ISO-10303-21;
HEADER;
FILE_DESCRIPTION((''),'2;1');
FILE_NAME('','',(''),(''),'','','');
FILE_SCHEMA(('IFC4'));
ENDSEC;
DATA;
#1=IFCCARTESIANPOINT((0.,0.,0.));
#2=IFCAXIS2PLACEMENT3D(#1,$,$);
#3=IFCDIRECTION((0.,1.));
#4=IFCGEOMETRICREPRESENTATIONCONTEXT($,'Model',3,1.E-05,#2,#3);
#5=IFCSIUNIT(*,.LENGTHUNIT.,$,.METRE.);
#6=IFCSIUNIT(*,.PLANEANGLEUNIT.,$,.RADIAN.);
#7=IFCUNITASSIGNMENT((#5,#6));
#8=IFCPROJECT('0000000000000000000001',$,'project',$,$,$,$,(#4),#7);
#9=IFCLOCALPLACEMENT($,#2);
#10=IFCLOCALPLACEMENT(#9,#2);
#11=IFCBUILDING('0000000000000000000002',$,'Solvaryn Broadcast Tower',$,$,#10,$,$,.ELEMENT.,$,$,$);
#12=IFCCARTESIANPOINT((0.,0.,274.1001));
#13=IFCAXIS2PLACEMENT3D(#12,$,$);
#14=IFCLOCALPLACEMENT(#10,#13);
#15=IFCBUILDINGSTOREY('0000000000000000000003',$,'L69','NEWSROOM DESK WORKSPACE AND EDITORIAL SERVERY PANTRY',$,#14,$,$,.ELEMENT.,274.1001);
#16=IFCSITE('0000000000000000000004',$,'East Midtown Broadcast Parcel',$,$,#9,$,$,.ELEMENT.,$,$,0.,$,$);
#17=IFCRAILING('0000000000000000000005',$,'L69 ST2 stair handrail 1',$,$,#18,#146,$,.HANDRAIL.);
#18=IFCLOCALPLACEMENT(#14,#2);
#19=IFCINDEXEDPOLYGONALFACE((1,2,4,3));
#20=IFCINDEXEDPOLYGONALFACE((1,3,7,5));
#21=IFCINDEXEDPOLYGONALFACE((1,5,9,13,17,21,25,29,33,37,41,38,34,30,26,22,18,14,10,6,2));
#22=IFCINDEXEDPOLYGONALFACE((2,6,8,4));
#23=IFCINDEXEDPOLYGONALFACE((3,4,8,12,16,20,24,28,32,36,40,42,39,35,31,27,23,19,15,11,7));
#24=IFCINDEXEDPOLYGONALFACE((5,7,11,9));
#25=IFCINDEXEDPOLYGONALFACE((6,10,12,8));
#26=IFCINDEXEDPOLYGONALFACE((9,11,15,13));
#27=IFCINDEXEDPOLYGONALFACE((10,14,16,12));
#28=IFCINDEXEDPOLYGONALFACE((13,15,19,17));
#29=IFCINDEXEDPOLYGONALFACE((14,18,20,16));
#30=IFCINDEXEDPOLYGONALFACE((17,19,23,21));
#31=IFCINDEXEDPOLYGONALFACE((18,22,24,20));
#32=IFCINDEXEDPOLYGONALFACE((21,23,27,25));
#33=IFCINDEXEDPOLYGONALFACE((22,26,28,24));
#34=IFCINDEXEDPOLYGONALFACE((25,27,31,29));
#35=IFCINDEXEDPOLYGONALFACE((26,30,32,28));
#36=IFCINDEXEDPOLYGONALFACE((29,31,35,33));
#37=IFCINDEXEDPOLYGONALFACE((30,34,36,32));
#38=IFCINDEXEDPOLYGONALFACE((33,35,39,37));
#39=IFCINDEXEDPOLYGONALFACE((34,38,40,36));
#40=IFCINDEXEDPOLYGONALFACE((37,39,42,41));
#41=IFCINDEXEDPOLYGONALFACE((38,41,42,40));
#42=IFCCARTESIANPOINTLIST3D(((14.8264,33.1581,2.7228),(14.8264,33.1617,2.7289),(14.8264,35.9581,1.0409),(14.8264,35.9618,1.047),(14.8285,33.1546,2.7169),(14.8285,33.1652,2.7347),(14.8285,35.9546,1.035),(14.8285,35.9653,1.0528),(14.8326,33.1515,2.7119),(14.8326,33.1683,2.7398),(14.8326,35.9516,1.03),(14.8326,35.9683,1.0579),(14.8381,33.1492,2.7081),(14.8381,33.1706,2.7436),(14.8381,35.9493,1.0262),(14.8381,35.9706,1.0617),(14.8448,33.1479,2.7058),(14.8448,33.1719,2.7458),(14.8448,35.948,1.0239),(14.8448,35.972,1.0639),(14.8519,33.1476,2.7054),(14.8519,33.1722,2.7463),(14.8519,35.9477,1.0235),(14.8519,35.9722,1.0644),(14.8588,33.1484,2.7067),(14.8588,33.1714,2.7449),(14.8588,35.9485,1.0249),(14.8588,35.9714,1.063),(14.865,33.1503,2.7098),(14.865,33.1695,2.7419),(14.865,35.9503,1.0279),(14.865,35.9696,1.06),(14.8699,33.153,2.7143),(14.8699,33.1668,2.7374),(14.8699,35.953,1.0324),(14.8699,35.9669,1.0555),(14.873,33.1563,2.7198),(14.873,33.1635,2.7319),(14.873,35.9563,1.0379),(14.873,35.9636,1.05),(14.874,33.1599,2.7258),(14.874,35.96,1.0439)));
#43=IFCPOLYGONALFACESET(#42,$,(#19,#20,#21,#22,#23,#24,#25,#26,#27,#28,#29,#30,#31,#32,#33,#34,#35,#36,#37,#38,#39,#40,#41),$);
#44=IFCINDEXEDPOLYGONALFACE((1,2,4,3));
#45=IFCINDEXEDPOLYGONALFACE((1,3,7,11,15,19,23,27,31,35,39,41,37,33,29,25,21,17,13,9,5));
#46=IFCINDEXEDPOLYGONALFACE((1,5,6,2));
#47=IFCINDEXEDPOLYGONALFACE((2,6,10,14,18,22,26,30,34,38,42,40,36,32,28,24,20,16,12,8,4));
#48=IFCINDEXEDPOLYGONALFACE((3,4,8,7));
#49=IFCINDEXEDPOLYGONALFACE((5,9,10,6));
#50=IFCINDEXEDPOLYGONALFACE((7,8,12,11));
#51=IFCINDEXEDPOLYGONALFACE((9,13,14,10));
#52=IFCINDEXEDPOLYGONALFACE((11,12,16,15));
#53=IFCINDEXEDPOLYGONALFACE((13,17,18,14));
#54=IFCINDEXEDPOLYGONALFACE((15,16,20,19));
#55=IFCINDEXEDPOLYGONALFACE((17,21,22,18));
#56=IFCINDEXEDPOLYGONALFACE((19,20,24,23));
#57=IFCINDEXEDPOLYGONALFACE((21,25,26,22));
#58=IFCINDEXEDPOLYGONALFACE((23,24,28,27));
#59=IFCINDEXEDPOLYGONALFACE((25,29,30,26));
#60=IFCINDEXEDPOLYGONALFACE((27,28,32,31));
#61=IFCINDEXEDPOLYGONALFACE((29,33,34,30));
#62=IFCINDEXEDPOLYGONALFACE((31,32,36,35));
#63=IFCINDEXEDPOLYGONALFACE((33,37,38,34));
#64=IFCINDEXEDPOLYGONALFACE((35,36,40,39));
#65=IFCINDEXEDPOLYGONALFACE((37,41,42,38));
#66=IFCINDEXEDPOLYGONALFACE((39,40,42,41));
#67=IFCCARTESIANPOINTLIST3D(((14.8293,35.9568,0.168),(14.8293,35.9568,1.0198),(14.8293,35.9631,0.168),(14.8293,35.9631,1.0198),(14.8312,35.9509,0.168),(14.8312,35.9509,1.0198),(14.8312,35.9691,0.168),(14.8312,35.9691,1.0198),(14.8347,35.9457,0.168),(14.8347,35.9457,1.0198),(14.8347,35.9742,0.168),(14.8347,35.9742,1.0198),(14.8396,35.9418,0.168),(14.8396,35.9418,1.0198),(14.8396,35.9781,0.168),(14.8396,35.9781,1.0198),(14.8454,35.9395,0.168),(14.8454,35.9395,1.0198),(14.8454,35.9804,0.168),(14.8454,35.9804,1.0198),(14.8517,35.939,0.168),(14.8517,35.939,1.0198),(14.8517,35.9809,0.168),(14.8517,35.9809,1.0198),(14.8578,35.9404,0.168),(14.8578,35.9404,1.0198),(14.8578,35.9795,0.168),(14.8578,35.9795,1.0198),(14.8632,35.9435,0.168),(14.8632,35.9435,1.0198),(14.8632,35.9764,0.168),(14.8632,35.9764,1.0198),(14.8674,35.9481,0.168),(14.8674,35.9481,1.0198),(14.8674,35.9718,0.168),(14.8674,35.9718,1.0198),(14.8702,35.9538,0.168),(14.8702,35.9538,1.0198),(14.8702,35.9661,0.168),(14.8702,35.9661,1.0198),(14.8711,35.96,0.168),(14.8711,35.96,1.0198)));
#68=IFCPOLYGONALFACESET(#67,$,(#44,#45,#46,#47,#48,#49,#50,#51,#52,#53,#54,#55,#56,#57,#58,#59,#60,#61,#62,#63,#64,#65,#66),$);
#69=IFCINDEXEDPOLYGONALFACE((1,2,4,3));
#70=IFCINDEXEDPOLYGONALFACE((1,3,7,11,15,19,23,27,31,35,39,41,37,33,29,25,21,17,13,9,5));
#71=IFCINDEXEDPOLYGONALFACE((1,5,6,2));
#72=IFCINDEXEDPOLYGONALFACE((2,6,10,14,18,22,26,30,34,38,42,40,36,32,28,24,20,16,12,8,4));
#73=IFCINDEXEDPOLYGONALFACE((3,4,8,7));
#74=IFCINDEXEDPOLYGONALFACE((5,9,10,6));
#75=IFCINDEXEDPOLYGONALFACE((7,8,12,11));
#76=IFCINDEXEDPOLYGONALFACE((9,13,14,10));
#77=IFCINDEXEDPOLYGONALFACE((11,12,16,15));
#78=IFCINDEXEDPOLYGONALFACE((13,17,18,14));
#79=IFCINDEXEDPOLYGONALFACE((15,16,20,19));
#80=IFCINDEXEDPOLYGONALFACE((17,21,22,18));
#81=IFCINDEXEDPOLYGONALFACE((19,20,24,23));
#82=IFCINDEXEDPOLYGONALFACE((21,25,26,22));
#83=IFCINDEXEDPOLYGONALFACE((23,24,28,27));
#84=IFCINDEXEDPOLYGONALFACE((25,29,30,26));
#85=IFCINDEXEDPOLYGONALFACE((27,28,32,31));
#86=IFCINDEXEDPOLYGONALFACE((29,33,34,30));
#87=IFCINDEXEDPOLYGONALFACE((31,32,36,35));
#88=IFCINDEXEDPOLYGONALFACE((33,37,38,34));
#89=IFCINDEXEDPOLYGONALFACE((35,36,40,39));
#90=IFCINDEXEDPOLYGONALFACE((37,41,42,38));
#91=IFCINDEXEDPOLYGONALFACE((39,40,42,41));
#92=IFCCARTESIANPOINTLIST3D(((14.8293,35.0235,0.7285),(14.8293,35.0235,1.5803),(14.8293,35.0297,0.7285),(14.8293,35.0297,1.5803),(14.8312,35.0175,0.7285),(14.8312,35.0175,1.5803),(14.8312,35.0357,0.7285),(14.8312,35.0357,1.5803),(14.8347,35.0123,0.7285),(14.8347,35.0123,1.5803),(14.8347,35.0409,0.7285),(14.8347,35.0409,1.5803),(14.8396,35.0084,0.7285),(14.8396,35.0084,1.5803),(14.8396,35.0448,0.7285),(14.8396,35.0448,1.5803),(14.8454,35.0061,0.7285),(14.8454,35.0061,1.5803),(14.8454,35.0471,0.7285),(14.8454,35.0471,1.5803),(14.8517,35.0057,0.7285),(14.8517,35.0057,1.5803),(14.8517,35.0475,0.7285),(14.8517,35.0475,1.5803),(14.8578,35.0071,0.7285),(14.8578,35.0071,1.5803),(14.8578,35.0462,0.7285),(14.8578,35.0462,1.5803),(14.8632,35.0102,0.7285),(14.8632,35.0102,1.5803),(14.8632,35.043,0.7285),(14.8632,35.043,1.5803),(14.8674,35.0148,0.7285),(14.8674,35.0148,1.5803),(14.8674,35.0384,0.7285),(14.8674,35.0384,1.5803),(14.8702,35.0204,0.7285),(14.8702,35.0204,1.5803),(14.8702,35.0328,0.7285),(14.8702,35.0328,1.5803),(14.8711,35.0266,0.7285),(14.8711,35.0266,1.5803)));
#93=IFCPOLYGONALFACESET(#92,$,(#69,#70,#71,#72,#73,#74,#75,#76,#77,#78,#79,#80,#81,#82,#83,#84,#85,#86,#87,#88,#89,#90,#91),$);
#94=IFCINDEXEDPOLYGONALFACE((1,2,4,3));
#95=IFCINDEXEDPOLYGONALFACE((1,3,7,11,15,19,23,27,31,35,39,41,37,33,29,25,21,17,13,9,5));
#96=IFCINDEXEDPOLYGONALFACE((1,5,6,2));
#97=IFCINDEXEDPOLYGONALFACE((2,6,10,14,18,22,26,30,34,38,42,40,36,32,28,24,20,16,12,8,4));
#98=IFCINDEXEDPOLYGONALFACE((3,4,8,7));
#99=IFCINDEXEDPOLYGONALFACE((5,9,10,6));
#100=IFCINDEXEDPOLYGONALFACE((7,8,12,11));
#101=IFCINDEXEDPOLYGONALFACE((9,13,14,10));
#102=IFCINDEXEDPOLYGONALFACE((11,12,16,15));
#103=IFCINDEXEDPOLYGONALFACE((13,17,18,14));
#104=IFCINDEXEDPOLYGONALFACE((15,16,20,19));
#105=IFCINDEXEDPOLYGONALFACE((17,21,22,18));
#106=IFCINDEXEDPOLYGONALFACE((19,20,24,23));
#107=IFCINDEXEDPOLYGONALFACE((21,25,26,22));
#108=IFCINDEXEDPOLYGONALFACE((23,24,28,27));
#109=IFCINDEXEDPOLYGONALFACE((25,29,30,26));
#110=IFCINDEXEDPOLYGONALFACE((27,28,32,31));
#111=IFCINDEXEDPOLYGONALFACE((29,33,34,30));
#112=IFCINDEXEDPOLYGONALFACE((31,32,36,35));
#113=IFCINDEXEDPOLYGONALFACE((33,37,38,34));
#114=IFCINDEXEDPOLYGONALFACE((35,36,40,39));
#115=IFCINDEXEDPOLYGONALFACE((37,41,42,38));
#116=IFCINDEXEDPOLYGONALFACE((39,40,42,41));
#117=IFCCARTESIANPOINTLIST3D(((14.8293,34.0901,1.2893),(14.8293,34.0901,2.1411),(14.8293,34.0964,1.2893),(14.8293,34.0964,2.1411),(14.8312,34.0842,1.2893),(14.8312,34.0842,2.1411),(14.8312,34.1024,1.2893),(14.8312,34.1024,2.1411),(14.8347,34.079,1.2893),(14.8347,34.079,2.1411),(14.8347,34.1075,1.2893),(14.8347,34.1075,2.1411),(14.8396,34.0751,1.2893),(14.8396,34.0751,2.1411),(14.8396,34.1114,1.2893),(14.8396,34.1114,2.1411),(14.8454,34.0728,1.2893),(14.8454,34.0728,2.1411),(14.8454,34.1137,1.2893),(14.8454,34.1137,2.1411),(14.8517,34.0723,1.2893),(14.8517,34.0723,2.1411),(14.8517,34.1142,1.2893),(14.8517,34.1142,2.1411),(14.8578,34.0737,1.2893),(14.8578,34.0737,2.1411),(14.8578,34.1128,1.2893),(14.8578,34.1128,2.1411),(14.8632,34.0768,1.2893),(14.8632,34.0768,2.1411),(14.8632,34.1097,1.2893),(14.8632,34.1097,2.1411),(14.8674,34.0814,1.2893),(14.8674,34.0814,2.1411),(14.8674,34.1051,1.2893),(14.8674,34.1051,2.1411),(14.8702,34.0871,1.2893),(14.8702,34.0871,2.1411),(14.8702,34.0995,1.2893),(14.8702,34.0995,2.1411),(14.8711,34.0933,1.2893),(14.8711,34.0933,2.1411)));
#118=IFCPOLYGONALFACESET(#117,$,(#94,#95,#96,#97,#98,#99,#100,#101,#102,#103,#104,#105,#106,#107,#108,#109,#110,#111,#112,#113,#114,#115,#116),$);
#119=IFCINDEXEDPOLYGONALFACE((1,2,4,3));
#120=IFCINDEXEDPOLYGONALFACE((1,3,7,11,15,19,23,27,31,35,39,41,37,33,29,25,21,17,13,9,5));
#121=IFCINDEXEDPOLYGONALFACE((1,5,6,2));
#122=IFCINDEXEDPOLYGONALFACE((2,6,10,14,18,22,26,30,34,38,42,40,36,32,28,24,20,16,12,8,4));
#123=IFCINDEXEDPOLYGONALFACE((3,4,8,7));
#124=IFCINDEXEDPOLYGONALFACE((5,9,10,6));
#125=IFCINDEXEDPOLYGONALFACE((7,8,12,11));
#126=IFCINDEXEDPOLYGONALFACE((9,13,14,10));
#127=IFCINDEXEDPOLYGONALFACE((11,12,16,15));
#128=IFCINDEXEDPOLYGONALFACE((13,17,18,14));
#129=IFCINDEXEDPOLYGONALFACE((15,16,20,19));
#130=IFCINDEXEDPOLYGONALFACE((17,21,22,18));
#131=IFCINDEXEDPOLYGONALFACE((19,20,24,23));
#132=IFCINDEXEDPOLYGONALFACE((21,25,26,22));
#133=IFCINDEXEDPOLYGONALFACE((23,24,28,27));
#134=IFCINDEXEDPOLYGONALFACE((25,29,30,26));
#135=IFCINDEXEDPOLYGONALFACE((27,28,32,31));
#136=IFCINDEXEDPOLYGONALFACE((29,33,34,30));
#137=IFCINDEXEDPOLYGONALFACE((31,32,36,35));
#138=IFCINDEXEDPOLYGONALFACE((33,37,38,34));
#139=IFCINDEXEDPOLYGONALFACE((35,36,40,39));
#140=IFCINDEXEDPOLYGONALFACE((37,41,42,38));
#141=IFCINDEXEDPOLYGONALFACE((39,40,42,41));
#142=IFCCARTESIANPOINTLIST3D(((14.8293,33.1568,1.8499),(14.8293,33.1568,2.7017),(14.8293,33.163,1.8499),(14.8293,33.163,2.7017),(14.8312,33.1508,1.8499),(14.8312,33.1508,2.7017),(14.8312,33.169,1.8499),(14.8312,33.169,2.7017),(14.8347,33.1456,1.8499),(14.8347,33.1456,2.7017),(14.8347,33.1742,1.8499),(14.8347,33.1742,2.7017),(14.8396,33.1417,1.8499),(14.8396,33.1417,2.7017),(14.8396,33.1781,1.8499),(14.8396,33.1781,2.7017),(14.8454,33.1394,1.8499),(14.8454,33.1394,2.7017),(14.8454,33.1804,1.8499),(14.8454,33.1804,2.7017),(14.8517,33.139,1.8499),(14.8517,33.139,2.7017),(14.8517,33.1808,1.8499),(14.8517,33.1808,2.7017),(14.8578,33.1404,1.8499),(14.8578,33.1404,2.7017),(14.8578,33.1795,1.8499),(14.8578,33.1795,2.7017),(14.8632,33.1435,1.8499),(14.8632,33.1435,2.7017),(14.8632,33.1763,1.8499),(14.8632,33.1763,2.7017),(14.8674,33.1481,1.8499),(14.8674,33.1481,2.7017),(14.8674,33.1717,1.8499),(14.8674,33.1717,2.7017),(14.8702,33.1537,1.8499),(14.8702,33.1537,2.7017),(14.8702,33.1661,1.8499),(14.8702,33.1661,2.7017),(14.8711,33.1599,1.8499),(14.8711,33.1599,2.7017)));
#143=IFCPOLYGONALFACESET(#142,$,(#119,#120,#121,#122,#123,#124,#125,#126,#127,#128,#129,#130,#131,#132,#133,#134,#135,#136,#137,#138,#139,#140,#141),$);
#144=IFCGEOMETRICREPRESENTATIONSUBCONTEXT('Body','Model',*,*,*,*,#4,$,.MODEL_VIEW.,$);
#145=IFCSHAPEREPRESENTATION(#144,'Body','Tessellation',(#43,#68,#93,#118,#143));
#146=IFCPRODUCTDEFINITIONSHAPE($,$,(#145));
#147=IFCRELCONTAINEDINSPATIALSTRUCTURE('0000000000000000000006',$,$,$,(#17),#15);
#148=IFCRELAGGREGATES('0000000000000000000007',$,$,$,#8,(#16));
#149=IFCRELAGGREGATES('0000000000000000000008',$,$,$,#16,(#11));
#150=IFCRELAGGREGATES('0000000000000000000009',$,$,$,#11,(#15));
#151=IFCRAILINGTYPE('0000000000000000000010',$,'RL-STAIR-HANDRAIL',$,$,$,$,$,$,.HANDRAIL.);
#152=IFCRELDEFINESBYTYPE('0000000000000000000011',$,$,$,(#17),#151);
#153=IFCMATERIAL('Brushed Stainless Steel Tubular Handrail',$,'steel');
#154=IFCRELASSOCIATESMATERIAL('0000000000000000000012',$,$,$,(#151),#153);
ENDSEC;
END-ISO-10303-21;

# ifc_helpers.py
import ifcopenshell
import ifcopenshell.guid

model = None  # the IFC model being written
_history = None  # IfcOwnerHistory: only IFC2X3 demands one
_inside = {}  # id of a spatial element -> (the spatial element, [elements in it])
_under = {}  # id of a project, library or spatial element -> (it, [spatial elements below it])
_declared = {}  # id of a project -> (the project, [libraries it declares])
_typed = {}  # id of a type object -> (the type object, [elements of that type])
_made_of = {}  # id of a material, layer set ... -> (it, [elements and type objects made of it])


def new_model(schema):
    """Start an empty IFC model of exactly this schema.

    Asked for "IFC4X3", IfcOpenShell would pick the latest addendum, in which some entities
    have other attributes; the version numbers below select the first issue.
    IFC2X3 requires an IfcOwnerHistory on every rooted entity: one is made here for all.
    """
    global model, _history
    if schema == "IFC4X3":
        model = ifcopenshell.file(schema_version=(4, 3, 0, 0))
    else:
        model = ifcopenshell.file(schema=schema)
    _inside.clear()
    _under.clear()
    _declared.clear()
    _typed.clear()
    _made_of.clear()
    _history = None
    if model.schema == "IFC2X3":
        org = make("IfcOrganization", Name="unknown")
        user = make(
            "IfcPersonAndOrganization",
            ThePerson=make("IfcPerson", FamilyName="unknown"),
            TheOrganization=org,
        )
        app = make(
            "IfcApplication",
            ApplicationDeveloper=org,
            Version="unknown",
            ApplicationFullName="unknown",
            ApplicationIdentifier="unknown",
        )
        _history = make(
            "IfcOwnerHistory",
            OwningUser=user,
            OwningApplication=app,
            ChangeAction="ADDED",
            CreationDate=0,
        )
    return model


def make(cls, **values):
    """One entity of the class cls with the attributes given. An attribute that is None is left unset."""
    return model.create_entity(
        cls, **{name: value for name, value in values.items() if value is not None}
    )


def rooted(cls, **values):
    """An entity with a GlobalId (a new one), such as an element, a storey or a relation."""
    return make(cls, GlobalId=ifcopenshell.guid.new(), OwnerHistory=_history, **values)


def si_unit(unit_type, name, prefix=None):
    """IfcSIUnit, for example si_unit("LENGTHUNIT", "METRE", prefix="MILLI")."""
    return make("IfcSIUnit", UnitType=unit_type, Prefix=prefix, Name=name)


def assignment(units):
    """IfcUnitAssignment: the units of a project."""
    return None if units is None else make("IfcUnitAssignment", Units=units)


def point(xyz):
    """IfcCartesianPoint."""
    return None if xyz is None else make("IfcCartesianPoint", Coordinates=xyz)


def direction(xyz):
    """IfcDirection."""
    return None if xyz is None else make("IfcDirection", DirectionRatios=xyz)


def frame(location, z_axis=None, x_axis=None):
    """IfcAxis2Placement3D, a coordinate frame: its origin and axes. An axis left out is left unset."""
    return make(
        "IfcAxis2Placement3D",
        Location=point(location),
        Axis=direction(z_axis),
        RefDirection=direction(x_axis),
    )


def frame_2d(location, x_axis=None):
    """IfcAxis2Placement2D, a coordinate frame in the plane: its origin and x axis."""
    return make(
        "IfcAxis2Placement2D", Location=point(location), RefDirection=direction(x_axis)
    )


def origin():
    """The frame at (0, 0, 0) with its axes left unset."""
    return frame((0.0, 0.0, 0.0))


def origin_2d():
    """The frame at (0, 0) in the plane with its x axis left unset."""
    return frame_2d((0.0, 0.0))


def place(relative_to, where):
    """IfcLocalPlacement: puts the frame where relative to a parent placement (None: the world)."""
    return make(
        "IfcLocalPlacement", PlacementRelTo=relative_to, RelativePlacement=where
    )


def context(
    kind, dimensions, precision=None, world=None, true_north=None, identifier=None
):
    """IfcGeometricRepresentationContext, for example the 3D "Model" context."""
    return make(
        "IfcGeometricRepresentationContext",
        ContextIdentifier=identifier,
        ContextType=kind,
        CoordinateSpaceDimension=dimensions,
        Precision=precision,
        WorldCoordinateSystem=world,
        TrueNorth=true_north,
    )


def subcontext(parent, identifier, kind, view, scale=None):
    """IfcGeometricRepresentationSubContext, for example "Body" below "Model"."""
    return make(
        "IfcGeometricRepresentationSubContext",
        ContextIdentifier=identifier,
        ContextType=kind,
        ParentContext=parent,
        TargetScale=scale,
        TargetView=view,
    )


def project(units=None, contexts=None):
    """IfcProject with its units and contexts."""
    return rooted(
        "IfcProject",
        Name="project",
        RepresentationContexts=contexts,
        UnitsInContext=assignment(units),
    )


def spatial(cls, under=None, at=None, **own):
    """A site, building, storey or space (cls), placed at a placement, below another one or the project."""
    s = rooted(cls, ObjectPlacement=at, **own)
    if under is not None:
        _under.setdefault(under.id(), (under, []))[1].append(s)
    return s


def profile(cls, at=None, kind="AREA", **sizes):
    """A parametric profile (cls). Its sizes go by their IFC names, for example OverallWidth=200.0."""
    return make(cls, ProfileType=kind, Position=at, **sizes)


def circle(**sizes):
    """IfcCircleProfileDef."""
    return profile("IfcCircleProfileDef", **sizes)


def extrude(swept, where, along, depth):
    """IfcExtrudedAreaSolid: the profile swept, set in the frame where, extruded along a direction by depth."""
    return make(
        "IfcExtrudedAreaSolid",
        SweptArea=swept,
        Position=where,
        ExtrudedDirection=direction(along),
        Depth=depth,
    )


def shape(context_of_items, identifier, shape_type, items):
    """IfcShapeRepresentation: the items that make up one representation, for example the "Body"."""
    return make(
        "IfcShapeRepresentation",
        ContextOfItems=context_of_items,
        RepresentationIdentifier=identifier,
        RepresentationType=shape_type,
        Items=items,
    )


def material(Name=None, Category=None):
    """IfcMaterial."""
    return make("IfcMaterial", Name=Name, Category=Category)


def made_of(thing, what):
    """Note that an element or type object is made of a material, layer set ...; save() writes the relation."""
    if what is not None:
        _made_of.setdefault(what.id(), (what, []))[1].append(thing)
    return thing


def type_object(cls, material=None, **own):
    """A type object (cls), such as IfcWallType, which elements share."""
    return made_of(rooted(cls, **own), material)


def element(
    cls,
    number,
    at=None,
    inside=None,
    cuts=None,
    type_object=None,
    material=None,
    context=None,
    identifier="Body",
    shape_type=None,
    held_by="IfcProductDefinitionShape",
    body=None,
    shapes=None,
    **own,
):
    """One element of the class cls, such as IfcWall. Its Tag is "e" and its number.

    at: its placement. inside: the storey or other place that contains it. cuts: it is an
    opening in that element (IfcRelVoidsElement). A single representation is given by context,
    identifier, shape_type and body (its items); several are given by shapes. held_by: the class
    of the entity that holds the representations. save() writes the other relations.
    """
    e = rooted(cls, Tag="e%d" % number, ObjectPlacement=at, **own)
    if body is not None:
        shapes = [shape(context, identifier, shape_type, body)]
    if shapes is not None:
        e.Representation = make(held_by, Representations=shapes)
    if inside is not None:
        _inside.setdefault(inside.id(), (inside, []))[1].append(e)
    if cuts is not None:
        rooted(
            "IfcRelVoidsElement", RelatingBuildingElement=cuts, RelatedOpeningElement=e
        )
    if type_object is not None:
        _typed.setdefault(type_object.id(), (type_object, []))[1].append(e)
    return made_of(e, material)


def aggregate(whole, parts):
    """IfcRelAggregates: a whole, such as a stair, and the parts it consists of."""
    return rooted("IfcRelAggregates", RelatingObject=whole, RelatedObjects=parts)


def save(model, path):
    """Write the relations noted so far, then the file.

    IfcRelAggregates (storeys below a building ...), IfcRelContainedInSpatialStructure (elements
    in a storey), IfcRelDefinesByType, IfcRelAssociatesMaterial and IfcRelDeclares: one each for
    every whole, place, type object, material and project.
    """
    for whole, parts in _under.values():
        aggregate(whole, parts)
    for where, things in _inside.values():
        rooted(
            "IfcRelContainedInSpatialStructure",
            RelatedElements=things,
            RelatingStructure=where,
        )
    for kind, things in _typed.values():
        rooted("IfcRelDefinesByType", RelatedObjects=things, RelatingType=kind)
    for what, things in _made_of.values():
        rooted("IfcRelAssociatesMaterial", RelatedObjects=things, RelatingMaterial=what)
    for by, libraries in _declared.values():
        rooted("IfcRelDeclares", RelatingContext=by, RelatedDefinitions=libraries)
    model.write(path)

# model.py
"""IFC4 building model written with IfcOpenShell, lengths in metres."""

from ifc_helpers import new_model, si_unit, direction, frame, origin, origin_2d, place, context, subcontext, project, spatial, circle, extrude, material, type_object, element, save


model = new_model("IFC4")

# Units and contexts
model_context = context("Model", 3, precision=1e-05, world=origin(), true_north=direction((0.0, 1.0)))
body_context = subcontext(model_context, "Body", "Model", "MODEL_VIEW")
ifc_project = project(units=[si_unit("LENGTHUNIT", "METRE"), si_unit("PLANEANGLEUNIT", "RADIAN")], contexts=[model_context])

# Site, building, storey
site_placement = place(None, origin())
site = spatial("IfcSite", under=ifc_project, at=site_placement, Name="East Midtown Broadcast Parcel", CompositionType="ELEMENT", RefElevation=0.0)
building_placement = place(site_placement, origin())
building = spatial("IfcBuilding", under=site, at=building_placement, Name="Solvaryn Broadcast Tower", CompositionType="ELEMENT")
storey_placement = place(building_placement, frame((0.0, 0.0, 274.1001)))
storey = spatial("IfcBuildingStorey", under=building, at=storey_placement, Name="L69", Description="NEWSROOM DESK WORKSPACE AND EDITORIAL SERVERY PANTRY", CompositionType="ELEMENT", Elevation=274.1001)

# Railing
ifc_material_1 = material(Name="Brushed Stainless Steel Tubular Handrail", Category="steel")
railing_type_1 = type_object("IfcRailingType", Name="RL-STAIR-HANDRAIL", PredefinedType="HANDRAIL", material=ifc_material_1)
railing_1_placement = place(storey_placement, frame((14.8501, 35.96, 0.168)))
element("IfcRailing", 1, at=railing_1_placement, inside=storey, type_object=railing_type_1, Name="L69 ST2 stair handrail 1", PredefinedType="HANDRAIL", context=body_context, shape_type="SweptSolid", body=[
    extrude(circle(Radius=0.0239, at=origin_2d()), frame((0.0, 0.0, 0.876), z_axis=(0.0, -0.857242, 0.514913), x_axis=(1.0, 0.0, 0.0)), (0.0, 0.0, 1.0), 3.2664),
    extrude(circle(Radius=0.021, at=origin_2d()), origin(), (0.0, 0.0, 1.0), 0.8518),
    extrude(circle(Radius=0.021, at=origin_2d()), frame((0.0, -0.9333, 0.5605)), (0.0, 0.0, 1.0), 0.8518),
    extrude(circle(Radius=0.021, at=origin_2d()), frame((0.0, -1.8667, 1.1213)), (0.0, 0.0, 1.0), 0.8518),
    extrude(circle(Radius=0.021, at=origin_2d()), frame((0.0, -2.8, 1.6819)), (0.0, 0.0, 1.0), 0.8518),
])

save(model, "model.ifc")
